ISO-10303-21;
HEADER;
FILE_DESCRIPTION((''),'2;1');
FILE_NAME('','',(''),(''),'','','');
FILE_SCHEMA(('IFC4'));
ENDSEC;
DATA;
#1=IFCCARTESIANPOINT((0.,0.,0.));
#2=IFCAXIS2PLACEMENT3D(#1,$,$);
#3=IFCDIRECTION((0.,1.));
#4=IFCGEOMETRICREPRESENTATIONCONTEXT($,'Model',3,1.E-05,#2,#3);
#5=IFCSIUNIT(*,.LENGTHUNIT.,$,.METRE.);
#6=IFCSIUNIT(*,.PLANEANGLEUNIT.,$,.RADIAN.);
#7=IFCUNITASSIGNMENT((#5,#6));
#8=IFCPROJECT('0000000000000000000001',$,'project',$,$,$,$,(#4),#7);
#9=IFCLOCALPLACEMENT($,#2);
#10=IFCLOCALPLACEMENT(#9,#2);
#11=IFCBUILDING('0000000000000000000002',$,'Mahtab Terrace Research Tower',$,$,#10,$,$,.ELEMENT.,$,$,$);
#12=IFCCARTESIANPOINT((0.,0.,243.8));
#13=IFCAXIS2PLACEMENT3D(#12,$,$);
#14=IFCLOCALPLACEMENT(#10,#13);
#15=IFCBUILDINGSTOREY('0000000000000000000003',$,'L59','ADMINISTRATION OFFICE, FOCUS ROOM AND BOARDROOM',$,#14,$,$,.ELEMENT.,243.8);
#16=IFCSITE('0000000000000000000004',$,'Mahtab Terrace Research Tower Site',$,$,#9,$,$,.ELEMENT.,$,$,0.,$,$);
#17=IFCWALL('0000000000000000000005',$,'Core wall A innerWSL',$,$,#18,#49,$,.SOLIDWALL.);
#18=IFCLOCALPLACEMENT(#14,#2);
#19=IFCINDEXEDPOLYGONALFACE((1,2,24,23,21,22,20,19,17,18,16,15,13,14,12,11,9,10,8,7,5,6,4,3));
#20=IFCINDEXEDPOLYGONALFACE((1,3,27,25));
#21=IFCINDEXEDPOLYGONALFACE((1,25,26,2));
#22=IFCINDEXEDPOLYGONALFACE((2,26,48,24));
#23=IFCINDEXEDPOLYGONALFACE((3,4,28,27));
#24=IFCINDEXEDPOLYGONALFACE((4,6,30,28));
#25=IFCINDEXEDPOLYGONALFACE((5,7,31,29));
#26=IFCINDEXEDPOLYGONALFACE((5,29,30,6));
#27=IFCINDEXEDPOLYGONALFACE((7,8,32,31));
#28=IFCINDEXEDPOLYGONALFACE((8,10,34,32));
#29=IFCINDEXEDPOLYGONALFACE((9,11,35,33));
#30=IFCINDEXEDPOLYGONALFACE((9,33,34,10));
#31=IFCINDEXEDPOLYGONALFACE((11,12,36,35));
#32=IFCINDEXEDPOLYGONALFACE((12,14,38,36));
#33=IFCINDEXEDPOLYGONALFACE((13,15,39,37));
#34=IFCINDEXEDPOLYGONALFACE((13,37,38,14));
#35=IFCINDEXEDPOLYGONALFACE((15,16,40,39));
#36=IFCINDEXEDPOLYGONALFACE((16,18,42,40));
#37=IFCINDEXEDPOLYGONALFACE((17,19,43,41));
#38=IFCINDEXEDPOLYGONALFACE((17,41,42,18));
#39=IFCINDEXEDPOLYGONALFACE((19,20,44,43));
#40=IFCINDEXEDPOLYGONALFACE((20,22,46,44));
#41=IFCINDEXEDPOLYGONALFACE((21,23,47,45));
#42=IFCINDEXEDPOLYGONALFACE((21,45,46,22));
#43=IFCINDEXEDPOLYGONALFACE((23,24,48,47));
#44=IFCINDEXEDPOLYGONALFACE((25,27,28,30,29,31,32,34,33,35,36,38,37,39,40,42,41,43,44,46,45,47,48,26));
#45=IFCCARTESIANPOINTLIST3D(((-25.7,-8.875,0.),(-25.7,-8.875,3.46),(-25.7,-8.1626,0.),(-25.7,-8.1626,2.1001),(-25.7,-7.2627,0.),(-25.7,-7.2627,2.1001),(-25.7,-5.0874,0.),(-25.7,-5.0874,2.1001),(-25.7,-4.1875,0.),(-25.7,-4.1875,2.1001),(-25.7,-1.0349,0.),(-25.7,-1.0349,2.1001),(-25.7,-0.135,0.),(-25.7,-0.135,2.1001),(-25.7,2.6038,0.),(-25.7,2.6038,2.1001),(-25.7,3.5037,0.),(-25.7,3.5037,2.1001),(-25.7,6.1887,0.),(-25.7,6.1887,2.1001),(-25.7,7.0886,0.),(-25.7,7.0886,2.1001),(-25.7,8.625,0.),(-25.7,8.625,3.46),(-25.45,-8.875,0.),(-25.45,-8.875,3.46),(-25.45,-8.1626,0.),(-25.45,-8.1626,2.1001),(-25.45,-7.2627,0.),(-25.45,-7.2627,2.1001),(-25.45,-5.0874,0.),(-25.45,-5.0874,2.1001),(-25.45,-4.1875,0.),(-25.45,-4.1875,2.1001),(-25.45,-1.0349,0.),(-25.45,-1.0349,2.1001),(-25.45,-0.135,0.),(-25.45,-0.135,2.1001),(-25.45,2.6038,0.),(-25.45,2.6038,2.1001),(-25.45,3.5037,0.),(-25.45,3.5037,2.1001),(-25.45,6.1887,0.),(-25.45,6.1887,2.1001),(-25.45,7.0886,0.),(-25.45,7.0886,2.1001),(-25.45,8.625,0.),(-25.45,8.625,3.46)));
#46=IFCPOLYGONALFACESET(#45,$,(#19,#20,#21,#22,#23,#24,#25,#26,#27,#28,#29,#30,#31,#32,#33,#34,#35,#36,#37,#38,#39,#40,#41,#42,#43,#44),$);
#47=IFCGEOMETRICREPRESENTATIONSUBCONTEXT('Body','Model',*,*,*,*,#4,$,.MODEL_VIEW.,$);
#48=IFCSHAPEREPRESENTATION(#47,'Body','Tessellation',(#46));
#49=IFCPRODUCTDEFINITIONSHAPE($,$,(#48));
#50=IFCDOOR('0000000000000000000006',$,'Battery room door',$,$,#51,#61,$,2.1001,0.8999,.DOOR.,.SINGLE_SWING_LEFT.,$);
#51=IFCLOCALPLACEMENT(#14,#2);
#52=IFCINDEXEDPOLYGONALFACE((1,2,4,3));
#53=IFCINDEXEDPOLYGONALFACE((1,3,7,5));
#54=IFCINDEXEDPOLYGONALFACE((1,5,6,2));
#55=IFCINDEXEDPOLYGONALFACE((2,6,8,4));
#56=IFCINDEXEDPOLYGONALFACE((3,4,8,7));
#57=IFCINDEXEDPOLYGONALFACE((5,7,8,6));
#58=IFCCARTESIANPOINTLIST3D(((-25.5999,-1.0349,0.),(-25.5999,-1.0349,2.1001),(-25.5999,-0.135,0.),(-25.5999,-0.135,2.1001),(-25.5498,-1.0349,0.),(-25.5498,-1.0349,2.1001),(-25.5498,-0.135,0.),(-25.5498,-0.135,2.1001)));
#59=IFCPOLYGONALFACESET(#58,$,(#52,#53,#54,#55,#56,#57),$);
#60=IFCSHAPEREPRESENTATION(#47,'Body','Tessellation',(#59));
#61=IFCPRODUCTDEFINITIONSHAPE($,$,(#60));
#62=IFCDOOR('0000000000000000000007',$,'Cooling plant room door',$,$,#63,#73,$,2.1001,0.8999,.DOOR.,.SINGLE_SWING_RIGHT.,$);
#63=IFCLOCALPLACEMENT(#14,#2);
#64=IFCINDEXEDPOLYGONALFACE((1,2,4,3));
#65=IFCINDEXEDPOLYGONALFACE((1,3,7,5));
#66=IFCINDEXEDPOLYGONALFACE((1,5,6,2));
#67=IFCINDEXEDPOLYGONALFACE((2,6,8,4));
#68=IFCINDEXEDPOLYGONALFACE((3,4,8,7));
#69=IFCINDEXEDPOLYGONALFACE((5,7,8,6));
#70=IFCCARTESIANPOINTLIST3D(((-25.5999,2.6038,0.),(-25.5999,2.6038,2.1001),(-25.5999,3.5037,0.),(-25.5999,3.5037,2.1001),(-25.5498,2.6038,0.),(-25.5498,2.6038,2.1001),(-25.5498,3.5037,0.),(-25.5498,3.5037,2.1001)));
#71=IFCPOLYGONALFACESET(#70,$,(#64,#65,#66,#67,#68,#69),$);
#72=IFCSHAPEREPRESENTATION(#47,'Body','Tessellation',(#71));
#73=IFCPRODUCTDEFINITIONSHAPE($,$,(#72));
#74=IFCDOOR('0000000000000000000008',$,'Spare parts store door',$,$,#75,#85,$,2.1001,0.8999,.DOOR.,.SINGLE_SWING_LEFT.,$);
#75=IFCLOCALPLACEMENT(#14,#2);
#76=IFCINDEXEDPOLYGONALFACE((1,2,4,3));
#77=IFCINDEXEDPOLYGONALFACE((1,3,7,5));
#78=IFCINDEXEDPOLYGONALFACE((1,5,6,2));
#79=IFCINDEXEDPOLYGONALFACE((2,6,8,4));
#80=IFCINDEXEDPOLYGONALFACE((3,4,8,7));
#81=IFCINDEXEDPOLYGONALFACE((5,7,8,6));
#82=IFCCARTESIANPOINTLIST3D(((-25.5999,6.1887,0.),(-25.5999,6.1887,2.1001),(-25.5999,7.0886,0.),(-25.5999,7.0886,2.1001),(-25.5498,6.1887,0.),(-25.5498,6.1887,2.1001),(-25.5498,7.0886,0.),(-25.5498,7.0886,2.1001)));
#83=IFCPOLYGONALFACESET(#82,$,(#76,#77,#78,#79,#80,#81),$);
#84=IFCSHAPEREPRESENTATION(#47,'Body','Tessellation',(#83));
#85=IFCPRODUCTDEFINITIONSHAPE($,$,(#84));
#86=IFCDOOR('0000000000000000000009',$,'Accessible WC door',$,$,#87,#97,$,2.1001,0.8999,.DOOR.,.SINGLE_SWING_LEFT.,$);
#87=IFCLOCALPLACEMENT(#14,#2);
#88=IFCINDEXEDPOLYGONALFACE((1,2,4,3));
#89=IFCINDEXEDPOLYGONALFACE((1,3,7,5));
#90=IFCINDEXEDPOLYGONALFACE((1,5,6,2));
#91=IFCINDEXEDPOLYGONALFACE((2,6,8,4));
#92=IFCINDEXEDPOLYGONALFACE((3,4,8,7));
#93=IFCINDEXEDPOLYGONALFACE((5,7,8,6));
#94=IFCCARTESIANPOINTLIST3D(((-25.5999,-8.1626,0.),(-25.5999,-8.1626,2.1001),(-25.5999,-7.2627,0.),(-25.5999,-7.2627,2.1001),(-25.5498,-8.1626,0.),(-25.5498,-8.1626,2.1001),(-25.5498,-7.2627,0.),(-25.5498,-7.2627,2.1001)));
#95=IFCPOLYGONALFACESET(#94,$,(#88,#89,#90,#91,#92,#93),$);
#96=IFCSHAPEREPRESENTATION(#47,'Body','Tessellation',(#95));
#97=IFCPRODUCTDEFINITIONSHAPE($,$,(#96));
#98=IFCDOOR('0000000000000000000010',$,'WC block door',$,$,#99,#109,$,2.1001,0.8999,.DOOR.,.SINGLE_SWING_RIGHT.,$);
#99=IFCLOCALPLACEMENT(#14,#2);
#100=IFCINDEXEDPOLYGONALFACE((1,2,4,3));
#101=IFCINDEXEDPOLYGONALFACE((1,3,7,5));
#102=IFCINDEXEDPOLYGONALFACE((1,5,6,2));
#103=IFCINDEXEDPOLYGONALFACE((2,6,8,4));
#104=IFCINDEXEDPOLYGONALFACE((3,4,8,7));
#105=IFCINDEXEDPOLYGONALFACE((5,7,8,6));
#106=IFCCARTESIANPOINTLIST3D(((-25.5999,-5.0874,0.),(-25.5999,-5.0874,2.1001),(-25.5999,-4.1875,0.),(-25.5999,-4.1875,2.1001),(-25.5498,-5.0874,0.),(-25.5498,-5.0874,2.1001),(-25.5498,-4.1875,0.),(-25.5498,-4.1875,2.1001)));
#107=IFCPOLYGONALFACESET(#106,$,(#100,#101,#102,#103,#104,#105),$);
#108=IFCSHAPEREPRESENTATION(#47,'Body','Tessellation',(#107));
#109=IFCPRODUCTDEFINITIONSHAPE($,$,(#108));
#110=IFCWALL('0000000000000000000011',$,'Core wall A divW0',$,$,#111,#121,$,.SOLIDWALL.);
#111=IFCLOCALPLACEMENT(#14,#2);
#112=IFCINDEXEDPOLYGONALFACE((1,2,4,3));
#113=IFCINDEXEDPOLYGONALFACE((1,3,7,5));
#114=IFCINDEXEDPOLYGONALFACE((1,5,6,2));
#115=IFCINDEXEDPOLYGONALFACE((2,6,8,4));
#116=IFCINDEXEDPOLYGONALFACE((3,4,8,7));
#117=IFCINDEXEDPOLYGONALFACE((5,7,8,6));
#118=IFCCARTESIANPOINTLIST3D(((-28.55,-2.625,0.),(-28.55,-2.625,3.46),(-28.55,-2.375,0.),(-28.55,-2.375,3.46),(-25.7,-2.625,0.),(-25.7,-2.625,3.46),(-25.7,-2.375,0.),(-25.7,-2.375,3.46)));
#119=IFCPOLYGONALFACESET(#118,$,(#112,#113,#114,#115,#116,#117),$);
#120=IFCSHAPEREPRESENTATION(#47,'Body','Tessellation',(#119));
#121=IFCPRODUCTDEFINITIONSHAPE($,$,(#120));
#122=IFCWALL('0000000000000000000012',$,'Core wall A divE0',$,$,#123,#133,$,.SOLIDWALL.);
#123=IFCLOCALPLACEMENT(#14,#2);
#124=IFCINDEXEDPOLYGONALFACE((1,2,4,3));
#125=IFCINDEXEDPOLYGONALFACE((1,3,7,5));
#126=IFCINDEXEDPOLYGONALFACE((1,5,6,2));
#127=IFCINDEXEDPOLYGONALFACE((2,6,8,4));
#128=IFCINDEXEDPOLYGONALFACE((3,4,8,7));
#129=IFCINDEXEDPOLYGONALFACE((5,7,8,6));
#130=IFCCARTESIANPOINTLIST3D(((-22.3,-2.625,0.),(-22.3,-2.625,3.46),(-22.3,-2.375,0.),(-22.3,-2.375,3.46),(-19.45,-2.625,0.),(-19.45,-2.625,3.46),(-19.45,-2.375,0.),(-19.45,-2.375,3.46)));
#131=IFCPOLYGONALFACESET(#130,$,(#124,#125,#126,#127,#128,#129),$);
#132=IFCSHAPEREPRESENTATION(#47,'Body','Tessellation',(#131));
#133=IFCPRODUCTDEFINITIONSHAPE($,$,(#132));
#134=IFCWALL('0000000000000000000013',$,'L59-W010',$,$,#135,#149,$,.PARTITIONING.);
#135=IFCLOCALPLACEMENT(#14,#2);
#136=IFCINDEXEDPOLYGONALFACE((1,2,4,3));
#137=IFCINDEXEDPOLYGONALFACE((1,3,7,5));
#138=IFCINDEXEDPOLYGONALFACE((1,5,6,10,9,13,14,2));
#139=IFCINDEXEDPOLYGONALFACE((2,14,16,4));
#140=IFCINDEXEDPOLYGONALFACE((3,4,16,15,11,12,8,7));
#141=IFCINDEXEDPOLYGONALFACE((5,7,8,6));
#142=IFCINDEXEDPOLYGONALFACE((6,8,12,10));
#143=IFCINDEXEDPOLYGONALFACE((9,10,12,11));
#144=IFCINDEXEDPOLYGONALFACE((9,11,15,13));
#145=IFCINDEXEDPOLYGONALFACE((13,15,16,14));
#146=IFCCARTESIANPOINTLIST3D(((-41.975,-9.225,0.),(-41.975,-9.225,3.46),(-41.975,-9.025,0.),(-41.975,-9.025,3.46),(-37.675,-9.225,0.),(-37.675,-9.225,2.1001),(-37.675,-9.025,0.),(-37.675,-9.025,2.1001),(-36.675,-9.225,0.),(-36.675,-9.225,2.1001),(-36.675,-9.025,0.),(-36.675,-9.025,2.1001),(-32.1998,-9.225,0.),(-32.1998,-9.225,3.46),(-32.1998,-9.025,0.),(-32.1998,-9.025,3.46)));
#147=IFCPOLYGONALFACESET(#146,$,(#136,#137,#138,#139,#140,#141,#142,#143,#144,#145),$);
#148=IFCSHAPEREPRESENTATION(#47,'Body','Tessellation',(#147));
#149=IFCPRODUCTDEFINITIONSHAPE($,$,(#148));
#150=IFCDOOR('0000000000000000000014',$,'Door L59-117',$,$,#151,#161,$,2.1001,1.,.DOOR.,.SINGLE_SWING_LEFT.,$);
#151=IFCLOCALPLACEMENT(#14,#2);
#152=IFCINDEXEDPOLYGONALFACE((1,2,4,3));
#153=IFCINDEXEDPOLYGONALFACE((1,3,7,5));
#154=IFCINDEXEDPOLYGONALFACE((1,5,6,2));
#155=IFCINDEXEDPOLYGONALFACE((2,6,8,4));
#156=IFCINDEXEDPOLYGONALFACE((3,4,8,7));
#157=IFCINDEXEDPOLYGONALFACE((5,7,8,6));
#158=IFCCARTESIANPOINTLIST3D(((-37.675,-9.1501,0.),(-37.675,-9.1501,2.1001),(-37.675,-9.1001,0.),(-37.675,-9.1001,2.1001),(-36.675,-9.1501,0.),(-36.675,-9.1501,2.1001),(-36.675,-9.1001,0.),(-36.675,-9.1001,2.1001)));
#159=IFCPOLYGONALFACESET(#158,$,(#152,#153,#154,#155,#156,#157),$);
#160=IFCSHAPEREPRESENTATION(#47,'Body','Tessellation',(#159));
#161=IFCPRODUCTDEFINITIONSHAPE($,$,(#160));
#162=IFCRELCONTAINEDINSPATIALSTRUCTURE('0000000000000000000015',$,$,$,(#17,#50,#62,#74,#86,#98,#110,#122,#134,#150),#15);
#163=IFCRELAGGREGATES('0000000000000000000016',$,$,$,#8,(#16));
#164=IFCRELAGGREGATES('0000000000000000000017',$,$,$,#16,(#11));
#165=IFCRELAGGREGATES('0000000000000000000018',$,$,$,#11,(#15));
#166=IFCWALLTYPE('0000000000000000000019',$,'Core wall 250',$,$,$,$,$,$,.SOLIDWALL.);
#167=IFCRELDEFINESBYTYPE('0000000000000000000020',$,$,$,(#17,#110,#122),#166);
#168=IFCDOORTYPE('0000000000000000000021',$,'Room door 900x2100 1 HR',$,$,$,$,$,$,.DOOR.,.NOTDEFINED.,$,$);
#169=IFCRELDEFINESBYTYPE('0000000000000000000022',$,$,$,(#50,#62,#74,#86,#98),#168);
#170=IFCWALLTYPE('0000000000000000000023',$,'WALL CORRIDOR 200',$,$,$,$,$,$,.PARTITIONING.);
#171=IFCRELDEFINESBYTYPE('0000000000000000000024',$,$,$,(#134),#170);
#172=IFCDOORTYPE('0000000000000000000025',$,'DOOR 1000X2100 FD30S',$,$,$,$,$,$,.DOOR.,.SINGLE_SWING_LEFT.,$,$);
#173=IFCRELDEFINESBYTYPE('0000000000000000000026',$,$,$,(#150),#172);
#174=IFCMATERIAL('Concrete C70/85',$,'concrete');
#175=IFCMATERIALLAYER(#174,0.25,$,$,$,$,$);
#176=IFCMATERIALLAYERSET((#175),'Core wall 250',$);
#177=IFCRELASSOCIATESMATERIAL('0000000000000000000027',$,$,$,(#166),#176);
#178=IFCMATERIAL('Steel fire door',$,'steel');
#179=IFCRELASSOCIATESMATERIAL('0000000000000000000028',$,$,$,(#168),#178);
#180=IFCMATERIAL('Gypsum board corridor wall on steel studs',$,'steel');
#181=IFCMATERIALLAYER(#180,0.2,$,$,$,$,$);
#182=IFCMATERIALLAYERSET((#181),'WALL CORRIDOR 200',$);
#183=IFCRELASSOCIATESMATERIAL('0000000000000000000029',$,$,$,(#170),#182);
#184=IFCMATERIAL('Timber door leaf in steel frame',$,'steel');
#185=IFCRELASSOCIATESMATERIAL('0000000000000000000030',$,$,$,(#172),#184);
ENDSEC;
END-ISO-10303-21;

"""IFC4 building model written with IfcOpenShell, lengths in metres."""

from ifc_helpers import new_model, si_unit, direction, frame, frame_2d, origin, place, context, subcontext, project, spatial, rectangle, extrude, material, layer, layer_set, type_object, element, fill, save


model = new_model("IFC4")

# Units and contexts
model_context = context("Model", 3, precision=1e-05, world=origin(), true_north=direction((0.0, 1.0)))
body_context = subcontext(model_context, "Body", "Model", "MODEL_VIEW")
ifc_project = project(units=[si_unit("LENGTHUNIT", "METRE"), si_unit("PLANEANGLEUNIT", "RADIAN")], contexts=[model_context])

# Site, building, storey
site_placement = place(None, origin())
site = spatial("IfcSite", under=ifc_project, at=site_placement, Name="Mahtab Terrace Research Tower Site", CompositionType="ELEMENT", RefElevation=0.0)
building_placement = place(site_placement, origin())
building = spatial("IfcBuilding", under=site, at=building_placement, Name="Mahtab Terrace Research Tower", CompositionType="ELEMENT")
storey_placement = place(building_placement, frame((0.0, 0.0, 243.8)))
storey = spatial("IfcBuildingStorey", under=building, at=storey_placement, Name="L59", Description="ADMINISTRATION OFFICE, FOCUS ROOM AND BOARDROOM", CompositionType="ELEMENT", Elevation=243.8)

# Shared definitions
ifc_material_1 = material(Name="Concrete C70/85", Category="concrete")

# Wall, openings, doors
ifc_layer_1 = layer(ifc_material_1, 0.25)
ifc_layer_set_1 = layer_set([ifc_layer_1], Name="Core wall 250")
wall_type_1 = type_object("IfcWallType", Name="Core wall 250", PredefinedType="SOLIDWALL", material=ifc_layer_set_1)
wall_1_placement = place(storey_placement, frame((-25.575, -8.875, 0.0), z_axis=(0.0, 0.0, 1.0), x_axis=(0.0, 1.0, 0.0)))
wall_1 = element("IfcWall", 1, at=wall_1_placement, inside=storey, type_object=wall_type_1, Name="Core wall A innerWSL", PredefinedType="SOLIDWALL", context=body_context, shape_type="SweptSolid", body=[
    extrude(rectangle(XDim=17.5, YDim=0.25, at=frame_2d((8.75, 0.0))), origin(), (0.0, 0.0, 1.0), 3.46),
])
opening_1_placement = place(wall_1_placement, frame((7.8401, 0.0, 0.0)))
opening_1 = element("IfcOpeningElement", 2, at=opening_1_placement, cuts=wall_1, PredefinedType="OPENING", context=body_context, shape_type="SweptSolid", body=[
    extrude(rectangle(XDim=0.8999, YDim=2.1001, at=frame_2d((0.45, 1.05))), frame((0.0, 0.135, 0.0), z_axis=(0.0, -1.0, 0.0), x_axis=(1.0, 0.0, 0.0)), (0.0, 0.0, 1.0), 0.27),
])
opening_2_placement = place(wall_1_placement, frame((11.4788, 0.0, 0.0)))
opening_2 = element("IfcOpeningElement", 3, at=opening_2_placement, cuts=wall_1, PredefinedType="OPENING", context=body_context, shape_type="SweptSolid", body=[
    extrude(rectangle(XDim=0.8999, YDim=2.1001, at=frame_2d((0.45, 1.05))), frame((0.0, 0.135, 0.0), z_axis=(0.0, -1.0, 0.0), x_axis=(1.0, 0.0, 0.0)), (0.0, 0.0, 1.0), 0.27),
])
opening_3_placement = place(wall_1_placement, frame((15.0637, 0.0, 0.0)))
opening_3 = element("IfcOpeningElement", 4, at=opening_3_placement, cuts=wall_1, PredefinedType="OPENING", context=body_context, shape_type="SweptSolid", body=[
    extrude(rectangle(XDim=0.8999, YDim=2.1001, at=frame_2d((0.45, 1.05))), frame((0.0, 0.135, 0.0), z_axis=(0.0, -1.0, 0.0), x_axis=(1.0, 0.0, 0.0)), (0.0, 0.0, 1.0), 0.27),
])
opening_4_placement = place(wall_1_placement, frame((0.7124, 0.0, 0.0)))
opening_4 = element("IfcOpeningElement", 5, at=opening_4_placement, cuts=wall_1, PredefinedType="OPENING", context=body_context, shape_type="SweptSolid", body=[
    extrude(rectangle(XDim=0.8999, YDim=2.1001, at=frame_2d((0.45, 1.05))), frame((0.0, 0.135, 0.0), z_axis=(0.0, -1.0, 0.0), x_axis=(1.0, 0.0, 0.0)), (0.0, 0.0, 1.0), 0.27),
])
opening_5_placement = place(wall_1_placement, frame((3.7876, 0.0, 0.0)))
opening_5 = element("IfcOpeningElement", 6, at=opening_5_placement, cuts=wall_1, PredefinedType="OPENING", context=body_context, shape_type="SweptSolid", body=[
    extrude(rectangle(XDim=0.8999, YDim=2.1001, at=frame_2d((0.45, 1.05))), frame((0.0, 0.135, 0.0), z_axis=(0.0, -1.0, 0.0), x_axis=(1.0, 0.0, 0.0)), (0.0, 0.0, 1.0), 0.27),
])
ifc_material_2 = material(Name="Steel fire door", Category="steel")
door_type_1 = type_object("IfcDoorType", Name="Room door 900x2100 1 HR", OperationType="NOTDEFINED", PredefinedType="DOOR", material=ifc_material_2)
door_1_placement = place(opening_1_placement, origin())
door_1 = element("IfcDoor", 7, at=door_1_placement, inside=storey, type_object=door_type_1, Name="Battery room door", OperationType="SINGLE_SWING_LEFT", OverallHeight=2.1001, OverallWidth=0.8999, PredefinedType="DOOR", context=body_context, shape_type="SweptSolid", body=[
    extrude(rectangle(XDim=0.8999, YDim=2.1001, at=frame_2d((0.45, 1.05))), frame((0.0, 0.0249, 0.0), z_axis=(0.0, -1.0, 0.0), x_axis=(1.0, 0.0, 0.0)), (0.0, 0.0, 1.0), 0.05),
])
fill(opening_1, door_1)
door_2_placement = place(opening_2_placement, origin())
door_2 = element("IfcDoor", 8, at=door_2_placement, inside=storey, type_object=door_type_1, Name="Cooling plant room door", OperationType="SINGLE_SWING_RIGHT", OverallHeight=2.1001, OverallWidth=0.8999, PredefinedType="DOOR", context=body_context, shape_type="SweptSolid", body=[
    extrude(rectangle(XDim=0.8999, YDim=2.1001, at=frame_2d((0.45, 1.05))), frame((0.0, 0.0249, 0.0), z_axis=(0.0, -1.0, 0.0), x_axis=(1.0, 0.0, 0.0)), (0.0, 0.0, 1.0), 0.05),
])
fill(opening_2, door_2)
door_3_placement = place(opening_3_placement, origin())
door_3 = element("IfcDoor", 9, at=door_3_placement, inside=storey, type_object=door_type_1, Name="Spare parts store door", OperationType="SINGLE_SWING_LEFT", OverallHeight=2.1001, OverallWidth=0.8999, PredefinedType="DOOR", context=body_context, shape_type="SweptSolid", body=[
    extrude(rectangle(XDim=0.8999, YDim=2.1001, at=frame_2d((0.45, 1.05))), frame((0.0, 0.0249, 0.0), z_axis=(0.0, -1.0, 0.0), x_axis=(1.0, 0.0, 0.0)), (0.0, 0.0, 1.0), 0.05),
])
fill(opening_3, door_3)
door_4_placement = place(opening_4_placement, origin())
door_4 = element("IfcDoor", 10, at=door_4_placement, inside=storey, type_object=door_type_1, Name="Accessible WC door", OperationType="SINGLE_SWING_LEFT", OverallHeight=2.1001, OverallWidth=0.8999, PredefinedType="DOOR", context=body_context, shape_type="SweptSolid", body=[
    extrude(rectangle(XDim=0.8999, YDim=2.1001, at=frame_2d((0.45, 1.05))), frame((0.0, 0.0249, 0.0), z_axis=(0.0, -1.0, 0.0), x_axis=(1.0, 0.0, 0.0)), (0.0, 0.0, 1.0), 0.05),
])
fill(opening_4, door_4)
door_5_placement = place(opening_5_placement, origin())
door_5 = element("IfcDoor", 11, at=door_5_placement, inside=storey, type_object=door_type_1, Name="WC block door", OperationType="SINGLE_SWING_RIGHT", OverallHeight=2.1001, OverallWidth=0.8999, PredefinedType="DOOR", context=body_context, shape_type="SweptSolid", body=[
    extrude(rectangle(XDim=0.8999, YDim=2.1001, at=frame_2d((0.45, 1.05))), frame((0.0, 0.0249, 0.0), z_axis=(0.0, -1.0, 0.0), x_axis=(1.0, 0.0, 0.0)), (0.0, 0.0, 1.0), 0.05),
])
fill(opening_5, door_5)

# Walls
for number, where, z_axis, x_axis, name in (
    (12, (-28.55, -2.5, 0.0), (0.0, 0.0, 1.0), (1.0, 0.0, 0.0), "Core wall A divW0"),
    (13, (-22.3, -2.5, 0.0), (0.0, 0.0, 1.0), (1.0, 0.0, 0.0), "Core wall A divE0"),
):
    element("IfcWall", number, at=place(storey_placement, frame(where, z_axis=z_axis, x_axis=x_axis)), inside=storey, type_object=wall_type_1, Name=name, PredefinedType="SOLIDWALL", context=body_context, shape_type="SweptSolid", body=[
        extrude(rectangle(XDim=2.8501, YDim=0.25, at=frame_2d((1.425, 0.0))), origin(), (0.0, 0.0, 1.0), 3.46),
    ])

# Wall, opening, door
ifc_material_3 = material(Name="Gypsum board corridor wall on steel studs", Category="steel")
ifc_layer_2 = layer(ifc_material_3, 0.2)
ifc_layer_set_2 = layer_set([ifc_layer_2], Name="WALL CORRIDOR 200")
wall_type_2 = type_object("IfcWallType", Name="WALL CORRIDOR 200", PredefinedType="PARTITIONING", material=ifc_layer_set_2)
wall_2_placement = place(storey_placement, frame((-41.9751, -9.125, 0.0), z_axis=(0.0, 0.0, 1.0), x_axis=(1.0, 0.0, 0.0)))
wall_2 = element("IfcWall", 14, at=wall_2_placement, inside=storey, type_object=wall_type_2, Name="L59-W010", PredefinedType="PARTITIONING", context=body_context, shape_type="SweptSolid", body=[
    extrude(rectangle(XDim=9.7751, YDim=0.2, at=frame_2d((4.8877, 0.0))), origin(), (0.0, 0.0, 1.0), 3.46),
])
opening_6_placement = place(wall_2_placement, frame((4.3, 0.0, 0.0)))
opening_6 = element("IfcOpeningElement", 15, at=opening_6_placement, cuts=wall_2, PredefinedType="OPENING", context=body_context, shape_type="SweptSolid", body=[
    extrude(rectangle(XDim=1.0, YDim=2.1001, at=frame_2d((0.5, 1.05))), frame((0.0, 0.1099, 0.0), z_axis=(0.0, -1.0, 0.0), x_axis=(1.0, 0.0, 0.0)), (0.0, 0.0, 1.0), 0.22),
])
ifc_material_4 = material(Name="Timber door leaf in steel frame", Category="steel")
door_type_2 = type_object("IfcDoorType", Name="DOOR 1000X2100 FD30S", OperationType="SINGLE_SWING_LEFT", PredefinedType="DOOR", material=ifc_material_4)
door_6_placement = place(opening_6_placement, origin())
door_6 = element("IfcDoor", 16, at=door_6_placement, inside=storey, type_object=door_type_2, Name="Door L59-117", OperationType="SINGLE_SWING_LEFT", OverallHeight=2.1001, OverallWidth=1.0, PredefinedType="DOOR", context=body_context, shape_type="SweptSolid", body=[
    extrude(rectangle(XDim=1.0, YDim=2.1001, at=frame_2d((0.5, 1.05))), frame((0.0, 0.0249, 0.0), z_axis=(0.0, -1.0, 0.0), x_axis=(1.0, 0.0, 0.0)), (0.0, 0.0, 1.0), 0.05),
])
fill(opening_6, door_6)

save(model, "model.ifc")
